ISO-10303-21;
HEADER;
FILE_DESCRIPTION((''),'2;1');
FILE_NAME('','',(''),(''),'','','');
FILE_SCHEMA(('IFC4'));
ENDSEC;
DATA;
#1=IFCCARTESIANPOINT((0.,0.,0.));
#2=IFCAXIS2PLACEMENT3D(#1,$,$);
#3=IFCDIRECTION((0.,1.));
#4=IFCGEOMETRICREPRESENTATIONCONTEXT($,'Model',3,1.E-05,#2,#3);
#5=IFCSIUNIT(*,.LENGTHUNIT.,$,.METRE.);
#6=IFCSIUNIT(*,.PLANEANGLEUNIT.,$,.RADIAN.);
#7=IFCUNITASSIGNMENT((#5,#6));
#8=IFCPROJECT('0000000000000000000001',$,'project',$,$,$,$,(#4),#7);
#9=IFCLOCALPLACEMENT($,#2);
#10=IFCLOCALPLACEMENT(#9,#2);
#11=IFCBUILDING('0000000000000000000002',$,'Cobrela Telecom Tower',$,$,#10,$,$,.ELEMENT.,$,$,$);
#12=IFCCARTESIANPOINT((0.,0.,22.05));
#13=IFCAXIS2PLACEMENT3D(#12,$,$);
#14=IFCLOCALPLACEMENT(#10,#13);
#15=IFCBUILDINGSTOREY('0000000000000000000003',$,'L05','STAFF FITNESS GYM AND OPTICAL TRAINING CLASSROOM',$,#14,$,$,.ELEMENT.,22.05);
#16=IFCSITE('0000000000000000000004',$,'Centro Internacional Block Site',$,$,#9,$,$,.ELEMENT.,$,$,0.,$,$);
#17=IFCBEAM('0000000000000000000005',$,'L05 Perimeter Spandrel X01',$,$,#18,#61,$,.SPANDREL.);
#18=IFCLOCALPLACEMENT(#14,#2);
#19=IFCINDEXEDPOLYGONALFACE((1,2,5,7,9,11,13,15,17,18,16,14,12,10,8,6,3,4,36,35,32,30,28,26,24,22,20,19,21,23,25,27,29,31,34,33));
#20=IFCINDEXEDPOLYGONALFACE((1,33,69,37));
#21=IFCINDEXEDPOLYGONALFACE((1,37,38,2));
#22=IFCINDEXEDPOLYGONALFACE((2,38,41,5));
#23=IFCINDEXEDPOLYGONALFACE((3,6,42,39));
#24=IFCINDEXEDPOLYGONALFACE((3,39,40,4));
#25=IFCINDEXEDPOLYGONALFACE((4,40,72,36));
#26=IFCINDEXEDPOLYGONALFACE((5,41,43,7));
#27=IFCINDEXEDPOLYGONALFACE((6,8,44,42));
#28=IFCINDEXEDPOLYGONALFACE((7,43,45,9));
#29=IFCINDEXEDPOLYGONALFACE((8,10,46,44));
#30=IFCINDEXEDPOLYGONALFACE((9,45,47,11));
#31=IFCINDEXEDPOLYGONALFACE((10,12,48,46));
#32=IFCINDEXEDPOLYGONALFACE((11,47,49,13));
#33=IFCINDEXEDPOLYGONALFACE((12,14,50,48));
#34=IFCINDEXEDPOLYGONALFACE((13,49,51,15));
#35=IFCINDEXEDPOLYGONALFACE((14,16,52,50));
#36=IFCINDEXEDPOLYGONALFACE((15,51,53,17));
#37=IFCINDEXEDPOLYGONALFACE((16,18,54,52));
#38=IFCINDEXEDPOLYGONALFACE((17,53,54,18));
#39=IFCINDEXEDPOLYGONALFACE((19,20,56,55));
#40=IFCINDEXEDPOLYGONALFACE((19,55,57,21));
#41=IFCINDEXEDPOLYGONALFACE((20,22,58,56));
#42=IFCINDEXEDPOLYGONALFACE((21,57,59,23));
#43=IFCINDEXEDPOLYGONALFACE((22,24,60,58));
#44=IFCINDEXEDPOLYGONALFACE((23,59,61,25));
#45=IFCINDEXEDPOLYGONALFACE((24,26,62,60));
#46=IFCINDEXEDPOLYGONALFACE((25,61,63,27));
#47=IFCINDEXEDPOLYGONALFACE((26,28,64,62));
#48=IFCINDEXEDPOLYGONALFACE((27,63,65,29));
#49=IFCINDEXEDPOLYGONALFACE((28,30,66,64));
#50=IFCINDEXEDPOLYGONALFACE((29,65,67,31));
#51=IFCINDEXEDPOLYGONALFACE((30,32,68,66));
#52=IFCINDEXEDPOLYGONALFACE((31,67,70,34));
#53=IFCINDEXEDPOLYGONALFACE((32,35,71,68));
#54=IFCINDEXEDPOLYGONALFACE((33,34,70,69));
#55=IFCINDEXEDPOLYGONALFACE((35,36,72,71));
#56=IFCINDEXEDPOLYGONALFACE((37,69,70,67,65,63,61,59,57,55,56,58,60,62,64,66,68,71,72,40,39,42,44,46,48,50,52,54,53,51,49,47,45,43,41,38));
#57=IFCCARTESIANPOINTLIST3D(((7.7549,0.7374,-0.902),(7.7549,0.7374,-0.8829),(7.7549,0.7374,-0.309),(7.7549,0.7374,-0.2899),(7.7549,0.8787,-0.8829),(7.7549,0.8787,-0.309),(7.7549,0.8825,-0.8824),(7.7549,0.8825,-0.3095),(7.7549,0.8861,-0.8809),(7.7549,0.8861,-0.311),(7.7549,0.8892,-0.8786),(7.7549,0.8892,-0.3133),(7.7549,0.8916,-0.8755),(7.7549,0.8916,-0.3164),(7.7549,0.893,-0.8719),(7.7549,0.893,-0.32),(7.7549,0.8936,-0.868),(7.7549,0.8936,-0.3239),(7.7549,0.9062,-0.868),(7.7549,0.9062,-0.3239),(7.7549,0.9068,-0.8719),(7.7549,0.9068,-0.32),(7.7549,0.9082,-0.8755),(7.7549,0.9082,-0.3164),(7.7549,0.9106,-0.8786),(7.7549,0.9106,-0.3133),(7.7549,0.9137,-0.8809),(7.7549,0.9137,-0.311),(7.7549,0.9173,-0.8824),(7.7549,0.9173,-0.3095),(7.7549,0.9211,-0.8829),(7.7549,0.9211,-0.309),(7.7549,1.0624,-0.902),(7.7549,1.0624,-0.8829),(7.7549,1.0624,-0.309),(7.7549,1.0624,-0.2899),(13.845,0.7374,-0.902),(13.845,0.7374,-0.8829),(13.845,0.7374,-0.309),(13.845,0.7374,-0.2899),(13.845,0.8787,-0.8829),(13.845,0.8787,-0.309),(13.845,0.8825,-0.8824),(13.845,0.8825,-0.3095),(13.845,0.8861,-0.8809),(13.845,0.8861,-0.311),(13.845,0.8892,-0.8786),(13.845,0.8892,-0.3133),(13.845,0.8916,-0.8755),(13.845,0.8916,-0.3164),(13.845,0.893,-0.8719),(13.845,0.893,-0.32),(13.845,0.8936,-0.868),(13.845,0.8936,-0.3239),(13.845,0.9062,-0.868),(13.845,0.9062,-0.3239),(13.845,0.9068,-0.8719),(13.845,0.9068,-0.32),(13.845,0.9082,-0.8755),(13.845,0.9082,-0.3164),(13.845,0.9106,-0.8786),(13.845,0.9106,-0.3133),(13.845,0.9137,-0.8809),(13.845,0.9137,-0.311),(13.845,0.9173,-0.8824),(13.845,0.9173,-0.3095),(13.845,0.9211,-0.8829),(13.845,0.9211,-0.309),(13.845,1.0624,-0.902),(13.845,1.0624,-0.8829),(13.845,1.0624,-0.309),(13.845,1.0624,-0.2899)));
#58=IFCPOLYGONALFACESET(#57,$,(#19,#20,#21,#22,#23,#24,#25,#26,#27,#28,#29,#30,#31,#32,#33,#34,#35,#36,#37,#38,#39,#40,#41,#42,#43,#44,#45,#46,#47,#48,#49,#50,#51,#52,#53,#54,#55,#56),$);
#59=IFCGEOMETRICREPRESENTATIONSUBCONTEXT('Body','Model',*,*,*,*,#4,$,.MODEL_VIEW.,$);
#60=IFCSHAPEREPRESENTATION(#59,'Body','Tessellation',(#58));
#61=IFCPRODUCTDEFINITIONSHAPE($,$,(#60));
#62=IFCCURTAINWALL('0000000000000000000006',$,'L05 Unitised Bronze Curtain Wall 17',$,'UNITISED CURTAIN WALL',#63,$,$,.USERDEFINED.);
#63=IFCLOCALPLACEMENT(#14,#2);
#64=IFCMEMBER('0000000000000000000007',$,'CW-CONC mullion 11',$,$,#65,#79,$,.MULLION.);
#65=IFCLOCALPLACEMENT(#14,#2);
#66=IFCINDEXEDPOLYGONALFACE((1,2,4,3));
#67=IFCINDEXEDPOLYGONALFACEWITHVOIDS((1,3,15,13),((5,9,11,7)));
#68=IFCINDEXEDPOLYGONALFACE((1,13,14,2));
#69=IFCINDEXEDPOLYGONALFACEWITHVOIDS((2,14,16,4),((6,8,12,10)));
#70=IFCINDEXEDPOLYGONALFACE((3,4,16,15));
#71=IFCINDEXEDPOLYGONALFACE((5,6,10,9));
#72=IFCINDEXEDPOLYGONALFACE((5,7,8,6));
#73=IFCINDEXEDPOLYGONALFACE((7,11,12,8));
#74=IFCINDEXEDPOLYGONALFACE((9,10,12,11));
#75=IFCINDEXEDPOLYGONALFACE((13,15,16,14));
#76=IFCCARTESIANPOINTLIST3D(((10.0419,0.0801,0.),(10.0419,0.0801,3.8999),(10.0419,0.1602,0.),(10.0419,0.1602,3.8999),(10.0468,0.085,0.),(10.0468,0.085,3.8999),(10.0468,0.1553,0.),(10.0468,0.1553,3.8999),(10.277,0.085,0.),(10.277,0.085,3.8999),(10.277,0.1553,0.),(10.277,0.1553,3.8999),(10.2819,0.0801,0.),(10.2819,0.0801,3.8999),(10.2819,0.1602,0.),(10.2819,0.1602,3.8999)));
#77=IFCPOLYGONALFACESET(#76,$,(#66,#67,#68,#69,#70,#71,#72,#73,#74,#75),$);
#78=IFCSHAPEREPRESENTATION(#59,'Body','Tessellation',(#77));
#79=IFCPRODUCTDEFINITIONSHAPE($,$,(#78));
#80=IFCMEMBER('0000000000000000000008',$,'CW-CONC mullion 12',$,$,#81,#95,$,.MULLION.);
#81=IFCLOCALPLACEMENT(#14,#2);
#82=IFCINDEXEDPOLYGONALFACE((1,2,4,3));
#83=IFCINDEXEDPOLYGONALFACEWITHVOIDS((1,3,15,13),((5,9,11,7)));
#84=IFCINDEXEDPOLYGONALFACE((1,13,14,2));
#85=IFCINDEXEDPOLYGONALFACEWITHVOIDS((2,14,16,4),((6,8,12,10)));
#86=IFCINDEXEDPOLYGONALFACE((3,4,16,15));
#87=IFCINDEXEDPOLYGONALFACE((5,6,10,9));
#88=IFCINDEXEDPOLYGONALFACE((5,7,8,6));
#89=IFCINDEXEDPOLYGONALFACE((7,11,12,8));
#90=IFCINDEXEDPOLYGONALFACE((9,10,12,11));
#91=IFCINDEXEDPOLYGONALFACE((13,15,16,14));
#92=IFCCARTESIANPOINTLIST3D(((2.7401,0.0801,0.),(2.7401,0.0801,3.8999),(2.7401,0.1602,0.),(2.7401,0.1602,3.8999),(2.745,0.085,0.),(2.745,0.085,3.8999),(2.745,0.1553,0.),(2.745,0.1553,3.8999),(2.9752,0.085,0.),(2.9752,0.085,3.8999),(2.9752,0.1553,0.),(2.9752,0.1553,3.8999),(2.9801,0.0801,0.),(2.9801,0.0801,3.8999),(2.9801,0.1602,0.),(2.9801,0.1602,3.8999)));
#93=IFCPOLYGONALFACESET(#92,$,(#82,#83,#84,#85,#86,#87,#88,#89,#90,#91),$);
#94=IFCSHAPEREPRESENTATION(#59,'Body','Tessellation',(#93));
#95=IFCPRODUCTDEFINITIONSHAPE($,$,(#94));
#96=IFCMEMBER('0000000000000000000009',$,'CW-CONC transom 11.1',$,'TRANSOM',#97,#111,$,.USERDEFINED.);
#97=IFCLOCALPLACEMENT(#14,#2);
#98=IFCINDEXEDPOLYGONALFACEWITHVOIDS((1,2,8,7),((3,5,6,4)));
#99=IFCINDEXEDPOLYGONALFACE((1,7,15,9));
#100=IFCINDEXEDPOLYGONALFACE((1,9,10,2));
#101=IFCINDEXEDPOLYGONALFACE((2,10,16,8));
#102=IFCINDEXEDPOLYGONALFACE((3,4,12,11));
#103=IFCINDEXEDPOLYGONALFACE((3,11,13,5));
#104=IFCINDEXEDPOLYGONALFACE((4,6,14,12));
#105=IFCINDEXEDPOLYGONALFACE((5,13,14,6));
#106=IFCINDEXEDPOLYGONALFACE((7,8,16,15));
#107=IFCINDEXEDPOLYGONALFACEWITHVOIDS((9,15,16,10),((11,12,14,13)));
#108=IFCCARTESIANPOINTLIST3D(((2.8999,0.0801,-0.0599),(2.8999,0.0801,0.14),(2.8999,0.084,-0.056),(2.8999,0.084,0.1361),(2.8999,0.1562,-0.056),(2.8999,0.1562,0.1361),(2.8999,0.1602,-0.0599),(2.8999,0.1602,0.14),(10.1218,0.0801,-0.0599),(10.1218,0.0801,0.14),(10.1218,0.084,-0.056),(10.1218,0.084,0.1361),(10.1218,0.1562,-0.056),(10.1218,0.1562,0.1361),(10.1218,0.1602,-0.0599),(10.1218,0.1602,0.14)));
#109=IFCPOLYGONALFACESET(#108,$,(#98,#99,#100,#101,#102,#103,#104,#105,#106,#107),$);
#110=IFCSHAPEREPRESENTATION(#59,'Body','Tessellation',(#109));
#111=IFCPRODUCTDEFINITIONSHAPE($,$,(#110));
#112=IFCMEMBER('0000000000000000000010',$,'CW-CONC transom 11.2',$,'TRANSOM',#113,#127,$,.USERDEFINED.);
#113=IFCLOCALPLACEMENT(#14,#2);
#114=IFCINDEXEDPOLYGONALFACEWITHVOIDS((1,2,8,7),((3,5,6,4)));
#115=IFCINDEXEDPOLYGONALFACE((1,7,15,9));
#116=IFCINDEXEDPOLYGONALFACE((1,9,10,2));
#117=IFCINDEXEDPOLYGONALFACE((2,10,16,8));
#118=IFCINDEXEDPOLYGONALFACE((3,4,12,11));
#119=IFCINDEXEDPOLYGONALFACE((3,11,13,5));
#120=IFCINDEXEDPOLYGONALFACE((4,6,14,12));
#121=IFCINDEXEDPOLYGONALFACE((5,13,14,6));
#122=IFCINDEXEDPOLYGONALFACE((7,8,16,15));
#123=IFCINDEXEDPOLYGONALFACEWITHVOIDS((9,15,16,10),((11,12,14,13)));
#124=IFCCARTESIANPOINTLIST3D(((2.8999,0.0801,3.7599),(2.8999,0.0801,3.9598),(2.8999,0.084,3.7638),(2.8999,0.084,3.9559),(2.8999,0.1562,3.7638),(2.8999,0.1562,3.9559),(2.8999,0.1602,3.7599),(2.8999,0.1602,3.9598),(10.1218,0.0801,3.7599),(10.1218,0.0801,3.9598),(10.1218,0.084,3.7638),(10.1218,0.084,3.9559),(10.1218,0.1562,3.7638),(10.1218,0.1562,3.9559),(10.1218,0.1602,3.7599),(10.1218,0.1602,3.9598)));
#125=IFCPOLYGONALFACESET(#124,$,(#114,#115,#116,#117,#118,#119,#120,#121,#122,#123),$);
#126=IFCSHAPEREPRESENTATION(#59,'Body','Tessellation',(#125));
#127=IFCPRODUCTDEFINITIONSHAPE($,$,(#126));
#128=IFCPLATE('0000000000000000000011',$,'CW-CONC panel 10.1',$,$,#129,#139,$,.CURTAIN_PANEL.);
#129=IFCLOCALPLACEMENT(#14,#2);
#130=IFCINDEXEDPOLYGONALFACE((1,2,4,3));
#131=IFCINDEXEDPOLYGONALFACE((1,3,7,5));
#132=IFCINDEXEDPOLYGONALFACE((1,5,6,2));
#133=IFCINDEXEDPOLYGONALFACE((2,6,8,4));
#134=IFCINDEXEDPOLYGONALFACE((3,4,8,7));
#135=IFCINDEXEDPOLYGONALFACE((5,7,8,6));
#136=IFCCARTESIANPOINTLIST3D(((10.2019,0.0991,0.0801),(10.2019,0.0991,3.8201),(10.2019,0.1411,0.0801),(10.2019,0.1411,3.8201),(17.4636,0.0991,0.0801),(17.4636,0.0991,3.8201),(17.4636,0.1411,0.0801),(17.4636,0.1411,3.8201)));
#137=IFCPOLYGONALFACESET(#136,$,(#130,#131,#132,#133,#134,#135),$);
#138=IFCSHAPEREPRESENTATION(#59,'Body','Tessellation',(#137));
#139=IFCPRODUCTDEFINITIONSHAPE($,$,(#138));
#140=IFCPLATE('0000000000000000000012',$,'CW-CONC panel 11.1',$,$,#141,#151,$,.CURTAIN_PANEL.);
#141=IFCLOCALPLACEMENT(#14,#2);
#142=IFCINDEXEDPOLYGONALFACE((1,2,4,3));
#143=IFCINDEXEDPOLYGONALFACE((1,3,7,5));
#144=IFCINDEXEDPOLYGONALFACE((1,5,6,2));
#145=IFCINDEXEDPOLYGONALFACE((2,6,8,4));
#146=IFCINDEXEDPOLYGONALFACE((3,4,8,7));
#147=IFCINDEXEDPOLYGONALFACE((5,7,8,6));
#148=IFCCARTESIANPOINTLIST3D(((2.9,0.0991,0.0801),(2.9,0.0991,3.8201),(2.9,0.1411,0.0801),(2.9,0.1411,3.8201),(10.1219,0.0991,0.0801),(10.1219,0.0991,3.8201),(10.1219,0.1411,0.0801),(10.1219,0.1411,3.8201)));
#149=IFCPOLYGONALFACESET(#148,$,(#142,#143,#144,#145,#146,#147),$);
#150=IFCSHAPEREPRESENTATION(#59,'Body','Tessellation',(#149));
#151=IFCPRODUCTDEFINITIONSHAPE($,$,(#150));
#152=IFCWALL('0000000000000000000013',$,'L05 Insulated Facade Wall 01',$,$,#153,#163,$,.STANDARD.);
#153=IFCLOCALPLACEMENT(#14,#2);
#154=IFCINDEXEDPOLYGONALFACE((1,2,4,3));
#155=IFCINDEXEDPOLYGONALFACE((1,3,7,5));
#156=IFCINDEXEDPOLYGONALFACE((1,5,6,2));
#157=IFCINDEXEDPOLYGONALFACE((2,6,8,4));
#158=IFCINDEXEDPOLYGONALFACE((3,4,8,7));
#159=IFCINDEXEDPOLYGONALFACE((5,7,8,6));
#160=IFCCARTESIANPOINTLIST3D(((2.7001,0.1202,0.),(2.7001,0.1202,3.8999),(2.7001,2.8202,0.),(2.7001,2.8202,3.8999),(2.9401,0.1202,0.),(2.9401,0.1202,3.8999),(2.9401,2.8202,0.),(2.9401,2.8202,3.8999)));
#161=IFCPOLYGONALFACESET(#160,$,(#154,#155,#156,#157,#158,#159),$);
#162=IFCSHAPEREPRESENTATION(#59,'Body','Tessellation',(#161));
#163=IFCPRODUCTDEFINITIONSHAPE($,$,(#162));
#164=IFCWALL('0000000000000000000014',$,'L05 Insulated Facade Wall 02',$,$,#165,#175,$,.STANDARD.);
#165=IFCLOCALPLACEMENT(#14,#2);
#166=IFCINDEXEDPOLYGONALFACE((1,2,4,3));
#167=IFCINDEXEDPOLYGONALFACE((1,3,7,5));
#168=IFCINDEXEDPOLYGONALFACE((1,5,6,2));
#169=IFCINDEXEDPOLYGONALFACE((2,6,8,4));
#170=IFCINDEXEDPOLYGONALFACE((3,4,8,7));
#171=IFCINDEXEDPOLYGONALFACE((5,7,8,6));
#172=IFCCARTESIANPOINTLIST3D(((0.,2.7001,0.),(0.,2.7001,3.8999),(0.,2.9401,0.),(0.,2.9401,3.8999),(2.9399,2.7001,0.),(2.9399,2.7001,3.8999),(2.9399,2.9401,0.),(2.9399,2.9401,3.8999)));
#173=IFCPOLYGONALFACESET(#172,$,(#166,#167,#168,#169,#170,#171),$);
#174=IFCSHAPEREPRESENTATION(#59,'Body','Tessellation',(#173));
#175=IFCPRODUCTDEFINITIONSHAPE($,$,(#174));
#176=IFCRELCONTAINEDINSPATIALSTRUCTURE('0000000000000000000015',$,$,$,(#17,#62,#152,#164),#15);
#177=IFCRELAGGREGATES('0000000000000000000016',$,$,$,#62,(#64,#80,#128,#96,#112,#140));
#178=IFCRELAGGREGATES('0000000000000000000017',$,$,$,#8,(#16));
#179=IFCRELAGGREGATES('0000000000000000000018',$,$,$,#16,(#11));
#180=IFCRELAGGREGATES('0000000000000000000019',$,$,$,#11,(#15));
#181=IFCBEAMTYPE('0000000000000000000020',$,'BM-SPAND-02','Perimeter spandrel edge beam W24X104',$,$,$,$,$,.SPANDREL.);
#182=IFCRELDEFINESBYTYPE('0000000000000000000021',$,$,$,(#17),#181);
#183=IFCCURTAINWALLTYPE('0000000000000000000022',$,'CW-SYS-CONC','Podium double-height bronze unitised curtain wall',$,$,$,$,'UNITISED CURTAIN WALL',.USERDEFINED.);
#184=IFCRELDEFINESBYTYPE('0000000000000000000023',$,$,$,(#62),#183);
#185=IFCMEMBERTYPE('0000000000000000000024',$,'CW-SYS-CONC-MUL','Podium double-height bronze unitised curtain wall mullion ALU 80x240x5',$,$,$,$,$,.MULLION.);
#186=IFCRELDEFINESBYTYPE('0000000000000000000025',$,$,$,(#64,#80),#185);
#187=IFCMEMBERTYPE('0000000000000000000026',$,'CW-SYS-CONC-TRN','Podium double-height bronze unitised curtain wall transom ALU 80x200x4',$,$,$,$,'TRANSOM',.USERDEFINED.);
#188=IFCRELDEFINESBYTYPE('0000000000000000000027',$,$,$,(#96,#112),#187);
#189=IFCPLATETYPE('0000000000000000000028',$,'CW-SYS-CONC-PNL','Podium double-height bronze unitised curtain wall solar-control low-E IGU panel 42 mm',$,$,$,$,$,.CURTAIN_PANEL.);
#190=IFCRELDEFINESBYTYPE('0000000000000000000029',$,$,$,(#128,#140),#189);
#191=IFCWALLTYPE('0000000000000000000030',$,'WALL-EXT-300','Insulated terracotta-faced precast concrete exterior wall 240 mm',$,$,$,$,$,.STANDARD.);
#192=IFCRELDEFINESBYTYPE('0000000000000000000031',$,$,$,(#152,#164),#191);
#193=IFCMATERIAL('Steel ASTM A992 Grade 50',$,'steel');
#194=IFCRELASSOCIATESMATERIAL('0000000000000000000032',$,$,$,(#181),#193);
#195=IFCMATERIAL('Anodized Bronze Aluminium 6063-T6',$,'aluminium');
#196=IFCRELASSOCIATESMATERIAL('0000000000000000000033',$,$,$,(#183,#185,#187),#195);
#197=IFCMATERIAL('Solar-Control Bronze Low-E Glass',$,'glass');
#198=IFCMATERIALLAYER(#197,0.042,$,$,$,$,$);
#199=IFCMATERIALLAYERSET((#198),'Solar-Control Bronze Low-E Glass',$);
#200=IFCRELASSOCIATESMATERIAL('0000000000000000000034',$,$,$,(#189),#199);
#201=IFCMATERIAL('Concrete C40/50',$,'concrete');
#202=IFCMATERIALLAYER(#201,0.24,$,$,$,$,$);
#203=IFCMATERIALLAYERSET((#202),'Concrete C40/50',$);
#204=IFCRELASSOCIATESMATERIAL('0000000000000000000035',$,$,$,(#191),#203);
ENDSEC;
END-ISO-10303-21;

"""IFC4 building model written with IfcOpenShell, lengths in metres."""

from ifc_helpers import new_model, si_unit, direction, frame, frame_2d, origin, origin_2d, place, context, subcontext, project, spatial, rectangle, hollow_rectangle, i_section, extrude, material, layer, layer_set, material_profile, profile_set, type_object, element, aggregate, save


model = new_model("IFC4")

# Units and contexts
model_context = context("Model", 3, precision=1e-05, world=origin(), true_north=direction((0.0, 1.0)))
body_context = subcontext(model_context, "Body", "Model", "MODEL_VIEW")
ifc_project = project(units=[si_unit("LENGTHUNIT", "METRE"), si_unit("PLANEANGLEUNIT", "RADIAN")], contexts=[model_context])

# Site, building, storey
site_placement = place(None, origin())
site = spatial("IfcSite", under=ifc_project, at=site_placement, Name="Centro Internacional Block Site", CompositionType="ELEMENT", RefElevation=0.0)
building_placement = place(site_placement, origin())
building = spatial("IfcBuilding", under=site, at=building_placement, Name="Cobrela Telecom Tower", CompositionType="ELEMENT")
storey_placement = place(building_placement, frame((0.0, 0.0, 22.05)))
storey = spatial("IfcBuildingStorey", under=building, at=storey_placement, Name="L05", Description="STAFF FITNESS GYM AND OPTICAL TRAINING CLASSROOM", CompositionType="ELEMENT", Elevation=22.05)

# Beam
ifc_material_1 = material(Name="Steel ASTM A992 Grade 50", Category="steel")
ifc_material_profile_1 = material_profile(ifc_material_1, i_section(OverallWidth=0.325, OverallDepth=0.6121, WebThickness=0.0127, FlangeThickness=0.019, FilletRadius=0.0149, at=origin_2d()), Name="W24X104")
ifc_profile_set_1 = profile_set([ifc_material_profile_1], Name="Steel ASTM A992 Grade 50")
beam_type_1 = type_object("IfcBeamType", Name="BM-SPAND-02", Description="Perimeter spandrel edge beam W24X104", PredefinedType="SPANDREL", material=ifc_profile_set_1)
beam_1_placement = place(storey_placement, frame((7.7549, 0.8999, -0.5959), z_axis=(1.0, 0.0, 0.0), x_axis=(0.0, 1.0, 0.0)))
element("IfcBeam", 1, at=beam_1_placement, inside=storey, type_object=beam_type_1, Name="L05 Perimeter Spandrel X01", PredefinedType="SPANDREL", context=body_context, shape_type="SweptSolid", body=[
    extrude(i_section(OverallWidth=0.325, OverallDepth=0.6121, WebThickness=0.0127, FlangeThickness=0.019, FilletRadius=0.0149, at=origin_2d()), origin(), (0.0, 0.0, 1.0), 6.0901),
])

# Curtain wall, members, plates
ifc_material_2 = material(Name="Anodized Bronze Aluminium 6063-T6", Category="aluminium")
curtain_wall_type = type_object("IfcCurtainWallType", Name="CW-SYS-CONC", Description="Podium double-height bronze unitised curtain wall", ElementType="UNITISED CURTAIN WALL", PredefinedType="USERDEFINED", material=ifc_material_2)
curtain_wall_placement = place(storey_placement, origin())
curtain_wall = element("IfcCurtainWall", 2, at=curtain_wall_placement, inside=storey, type_object=curtain_wall_type, Name="L05 Unitised Bronze Curtain Wall 17", ObjectType="UNITISED CURTAIN WALL", PredefinedType="USERDEFINED")
ifc_material_profile_2 = material_profile(ifc_material_2, hollow_rectangle(XDim=0.0801, YDim=0.24, WallThickness=0.0049, at=origin_2d()), Name="ALU 80x240x5")
ifc_profile_set_2 = profile_set([ifc_material_profile_2], Name="Anodized Bronze Aluminium 6063-T6")
member_type_1 = type_object("IfcMemberType", Name="CW-SYS-CONC-MUL", Description="Podium double-height bronze unitised curtain wall mullion ALU 80x240x5", PredefinedType="MULLION", material=ifc_profile_set_2)
member_1_placement = place(storey_placement, frame((10.1619, 0.1201, 0.0), z_axis=(0.0, 0.0, 1.0), x_axis=(0.0, -1.0, 0.0)))
member_1 = element("IfcMember", 3, at=member_1_placement, type_object=member_type_1, Name="CW-CONC mullion 11", PredefinedType="MULLION", context=body_context, shape_type="SweptSolid", body=[
    extrude(hollow_rectangle(XDim=0.0801, YDim=0.24, WallThickness=0.0049, at=origin_2d()), origin(), (0.0, 0.0, 1.0), 3.8999),
])
member_2_placement = place(storey_placement, frame((2.8601, 0.1201, 0.0), z_axis=(0.0, 0.0, 1.0), x_axis=(0.0, -1.0, 0.0)))
member_2 = element("IfcMember", 4, at=member_2_placement, type_object=member_type_1, Name="CW-CONC mullion 12", PredefinedType="MULLION", context=body_context, shape_type="SweptSolid", body=[
    extrude(hollow_rectangle(XDim=0.0801, YDim=0.24, WallThickness=0.0049, at=origin_2d()), origin(), (0.0, 0.0, 1.0), 3.8999),
])
ifc_material_profile_3 = material_profile(ifc_material_2, hollow_rectangle(XDim=0.0801, YDim=0.2, WallThickness=0.0039, at=origin_2d()), Name="ALU 80x200x4")
ifc_profile_set_3 = profile_set([ifc_material_profile_3], Name="Anodized Bronze Aluminium 6063-T6")
member_type_2 = type_object("IfcMemberType", Name="CW-SYS-CONC-TRN", Description="Podium double-height bronze unitised curtain wall transom ALU 80x200x4", ElementType="TRANSOM", PredefinedType="USERDEFINED", material=ifc_profile_set_3)
member_3_placement = place(storey_placement, frame((10.1218, 0.1201, 0.04), z_axis=(-1.0, 0.0, 0.0), x_axis=(0.0, -1.0, 0.0)))
member_3 = element("IfcMember", 5, at=member_3_placement, type_object=member_type_2, Name="CW-CONC transom 11.1", ObjectType="TRANSOM", PredefinedType="USERDEFINED", context=body_context, shape_type="SweptSolid", body=[
    extrude(hollow_rectangle(XDim=0.0801, YDim=0.2, WallThickness=0.0039, at=origin_2d()), origin(), (0.0, 0.0, 1.0), 7.2219),
])
member_4_placement = place(storey_placement, frame((10.1218, 0.1201, 3.8599), z_axis=(-1.0, 0.0, 0.0), x_axis=(0.0, -1.0, 0.0)))
member_4 = element("IfcMember", 6, at=member_4_placement, type_object=member_type_2, Name="CW-CONC transom 11.2", ObjectType="TRANSOM", PredefinedType="USERDEFINED", context=body_context, shape_type="SweptSolid", body=[
    extrude(hollow_rectangle(XDim=0.0801, YDim=0.2, WallThickness=0.0039, at=origin_2d()), origin(), (0.0, 0.0, 1.0), 7.2219),
])
ifc_material_3 = material(Name="Solar-Control Bronze Low-E Glass", Category="glass")
ifc_layer_1 = layer(ifc_material_3, 0.042)
ifc_layer_set_1 = layer_set([ifc_layer_1], Name="Solar-Control Bronze Low-E Glass")
plate_type = type_object("IfcPlateType", Name="CW-SYS-CONC-PNL", Description="Podium double-height bronze unitised curtain wall solar-control low-E IGU panel 42 mm", PredefinedType="CURTAIN_PANEL", material=ifc_layer_set_1)
plate_1_placement = place(storey_placement, frame((13.8328, 0.1201, 0.0801), z_axis=(0.0, 0.0, 1.0), x_axis=(-1.0, 0.0, 0.0)))
plate_1 = element("IfcPlate", 7, at=plate_1_placement, type_object=plate_type, Name="CW-CONC panel 10.1", PredefinedType="CURTAIN_PANEL", context=body_context, shape_type="SweptSolid", body=[
    extrude(rectangle(XDim=7.2617, YDim=0.042, at=origin_2d()), origin(), (0.0, 0.0, 1.0), 3.74),
])
plate_2_placement = place(storey_placement, frame((6.511, 0.1201, 0.0801), z_axis=(0.0, 0.0, 1.0), x_axis=(-1.0, 0.0, 0.0)))
plate_2 = element("IfcPlate", 8, at=plate_2_placement, type_object=plate_type, Name="CW-CONC panel 11.1", PredefinedType="CURTAIN_PANEL", context=body_context, shape_type="SweptSolid", body=[
    extrude(rectangle(XDim=7.2219, YDim=0.042, at=origin_2d()), origin(), (0.0, 0.0, 1.0), 3.74),
])
aggregate(curtain_wall, [member_1, member_2, plate_1, member_3, member_4, plate_2])

# Walls
ifc_material_4 = material(Name="Concrete C40/50", Category="concrete")
ifc_layer_2 = layer(ifc_material_4, 0.24)
ifc_layer_set_2 = layer_set([ifc_layer_2], Name="Concrete C40/50")
wall_type = type_object("IfcWallType", Name="WALL-EXT-300", Description="Insulated terracotta-faced precast concrete exterior wall 240 mm", PredefinedType="STANDARD", material=ifc_layer_set_2)
wall_1_placement = place(storey_placement, frame((2.8201, 0.1201, 0.0), z_axis=(0.0, 0.0, 1.0), x_axis=(0.0, 1.0, 0.0)))
element("IfcWall", 9, at=wall_1_placement, inside=storey, type_object=wall_type, Name="L05 Insulated Facade Wall 01", PredefinedType="STANDARD", context=body_context, shape_type="SweptSolid", body=[
    extrude(rectangle(XDim=2.7, YDim=0.24, at=frame_2d((1.3501, 0.0))), origin(), (0.0, 0.0, 1.0), 3.8999),
])
wall_2_placement = place(storey_placement, frame((2.9399, 2.8201, 0.0), z_axis=(0.0, 0.0, 1.0), x_axis=(-1.0, 0.0, 0.0)))
element("IfcWall", 10, at=wall_2_placement, inside=storey, type_object=wall_type, Name="L05 Insulated Facade Wall 02", PredefinedType="STANDARD", context=body_context, shape_type="SweptSolid", body=[
    extrude(rectangle(XDim=2.9399, YDim=0.24, at=frame_2d((1.47, 0.0))), origin(), (0.0, 0.0, 1.0), 3.8999),
])

save(model, "model.ifc")
